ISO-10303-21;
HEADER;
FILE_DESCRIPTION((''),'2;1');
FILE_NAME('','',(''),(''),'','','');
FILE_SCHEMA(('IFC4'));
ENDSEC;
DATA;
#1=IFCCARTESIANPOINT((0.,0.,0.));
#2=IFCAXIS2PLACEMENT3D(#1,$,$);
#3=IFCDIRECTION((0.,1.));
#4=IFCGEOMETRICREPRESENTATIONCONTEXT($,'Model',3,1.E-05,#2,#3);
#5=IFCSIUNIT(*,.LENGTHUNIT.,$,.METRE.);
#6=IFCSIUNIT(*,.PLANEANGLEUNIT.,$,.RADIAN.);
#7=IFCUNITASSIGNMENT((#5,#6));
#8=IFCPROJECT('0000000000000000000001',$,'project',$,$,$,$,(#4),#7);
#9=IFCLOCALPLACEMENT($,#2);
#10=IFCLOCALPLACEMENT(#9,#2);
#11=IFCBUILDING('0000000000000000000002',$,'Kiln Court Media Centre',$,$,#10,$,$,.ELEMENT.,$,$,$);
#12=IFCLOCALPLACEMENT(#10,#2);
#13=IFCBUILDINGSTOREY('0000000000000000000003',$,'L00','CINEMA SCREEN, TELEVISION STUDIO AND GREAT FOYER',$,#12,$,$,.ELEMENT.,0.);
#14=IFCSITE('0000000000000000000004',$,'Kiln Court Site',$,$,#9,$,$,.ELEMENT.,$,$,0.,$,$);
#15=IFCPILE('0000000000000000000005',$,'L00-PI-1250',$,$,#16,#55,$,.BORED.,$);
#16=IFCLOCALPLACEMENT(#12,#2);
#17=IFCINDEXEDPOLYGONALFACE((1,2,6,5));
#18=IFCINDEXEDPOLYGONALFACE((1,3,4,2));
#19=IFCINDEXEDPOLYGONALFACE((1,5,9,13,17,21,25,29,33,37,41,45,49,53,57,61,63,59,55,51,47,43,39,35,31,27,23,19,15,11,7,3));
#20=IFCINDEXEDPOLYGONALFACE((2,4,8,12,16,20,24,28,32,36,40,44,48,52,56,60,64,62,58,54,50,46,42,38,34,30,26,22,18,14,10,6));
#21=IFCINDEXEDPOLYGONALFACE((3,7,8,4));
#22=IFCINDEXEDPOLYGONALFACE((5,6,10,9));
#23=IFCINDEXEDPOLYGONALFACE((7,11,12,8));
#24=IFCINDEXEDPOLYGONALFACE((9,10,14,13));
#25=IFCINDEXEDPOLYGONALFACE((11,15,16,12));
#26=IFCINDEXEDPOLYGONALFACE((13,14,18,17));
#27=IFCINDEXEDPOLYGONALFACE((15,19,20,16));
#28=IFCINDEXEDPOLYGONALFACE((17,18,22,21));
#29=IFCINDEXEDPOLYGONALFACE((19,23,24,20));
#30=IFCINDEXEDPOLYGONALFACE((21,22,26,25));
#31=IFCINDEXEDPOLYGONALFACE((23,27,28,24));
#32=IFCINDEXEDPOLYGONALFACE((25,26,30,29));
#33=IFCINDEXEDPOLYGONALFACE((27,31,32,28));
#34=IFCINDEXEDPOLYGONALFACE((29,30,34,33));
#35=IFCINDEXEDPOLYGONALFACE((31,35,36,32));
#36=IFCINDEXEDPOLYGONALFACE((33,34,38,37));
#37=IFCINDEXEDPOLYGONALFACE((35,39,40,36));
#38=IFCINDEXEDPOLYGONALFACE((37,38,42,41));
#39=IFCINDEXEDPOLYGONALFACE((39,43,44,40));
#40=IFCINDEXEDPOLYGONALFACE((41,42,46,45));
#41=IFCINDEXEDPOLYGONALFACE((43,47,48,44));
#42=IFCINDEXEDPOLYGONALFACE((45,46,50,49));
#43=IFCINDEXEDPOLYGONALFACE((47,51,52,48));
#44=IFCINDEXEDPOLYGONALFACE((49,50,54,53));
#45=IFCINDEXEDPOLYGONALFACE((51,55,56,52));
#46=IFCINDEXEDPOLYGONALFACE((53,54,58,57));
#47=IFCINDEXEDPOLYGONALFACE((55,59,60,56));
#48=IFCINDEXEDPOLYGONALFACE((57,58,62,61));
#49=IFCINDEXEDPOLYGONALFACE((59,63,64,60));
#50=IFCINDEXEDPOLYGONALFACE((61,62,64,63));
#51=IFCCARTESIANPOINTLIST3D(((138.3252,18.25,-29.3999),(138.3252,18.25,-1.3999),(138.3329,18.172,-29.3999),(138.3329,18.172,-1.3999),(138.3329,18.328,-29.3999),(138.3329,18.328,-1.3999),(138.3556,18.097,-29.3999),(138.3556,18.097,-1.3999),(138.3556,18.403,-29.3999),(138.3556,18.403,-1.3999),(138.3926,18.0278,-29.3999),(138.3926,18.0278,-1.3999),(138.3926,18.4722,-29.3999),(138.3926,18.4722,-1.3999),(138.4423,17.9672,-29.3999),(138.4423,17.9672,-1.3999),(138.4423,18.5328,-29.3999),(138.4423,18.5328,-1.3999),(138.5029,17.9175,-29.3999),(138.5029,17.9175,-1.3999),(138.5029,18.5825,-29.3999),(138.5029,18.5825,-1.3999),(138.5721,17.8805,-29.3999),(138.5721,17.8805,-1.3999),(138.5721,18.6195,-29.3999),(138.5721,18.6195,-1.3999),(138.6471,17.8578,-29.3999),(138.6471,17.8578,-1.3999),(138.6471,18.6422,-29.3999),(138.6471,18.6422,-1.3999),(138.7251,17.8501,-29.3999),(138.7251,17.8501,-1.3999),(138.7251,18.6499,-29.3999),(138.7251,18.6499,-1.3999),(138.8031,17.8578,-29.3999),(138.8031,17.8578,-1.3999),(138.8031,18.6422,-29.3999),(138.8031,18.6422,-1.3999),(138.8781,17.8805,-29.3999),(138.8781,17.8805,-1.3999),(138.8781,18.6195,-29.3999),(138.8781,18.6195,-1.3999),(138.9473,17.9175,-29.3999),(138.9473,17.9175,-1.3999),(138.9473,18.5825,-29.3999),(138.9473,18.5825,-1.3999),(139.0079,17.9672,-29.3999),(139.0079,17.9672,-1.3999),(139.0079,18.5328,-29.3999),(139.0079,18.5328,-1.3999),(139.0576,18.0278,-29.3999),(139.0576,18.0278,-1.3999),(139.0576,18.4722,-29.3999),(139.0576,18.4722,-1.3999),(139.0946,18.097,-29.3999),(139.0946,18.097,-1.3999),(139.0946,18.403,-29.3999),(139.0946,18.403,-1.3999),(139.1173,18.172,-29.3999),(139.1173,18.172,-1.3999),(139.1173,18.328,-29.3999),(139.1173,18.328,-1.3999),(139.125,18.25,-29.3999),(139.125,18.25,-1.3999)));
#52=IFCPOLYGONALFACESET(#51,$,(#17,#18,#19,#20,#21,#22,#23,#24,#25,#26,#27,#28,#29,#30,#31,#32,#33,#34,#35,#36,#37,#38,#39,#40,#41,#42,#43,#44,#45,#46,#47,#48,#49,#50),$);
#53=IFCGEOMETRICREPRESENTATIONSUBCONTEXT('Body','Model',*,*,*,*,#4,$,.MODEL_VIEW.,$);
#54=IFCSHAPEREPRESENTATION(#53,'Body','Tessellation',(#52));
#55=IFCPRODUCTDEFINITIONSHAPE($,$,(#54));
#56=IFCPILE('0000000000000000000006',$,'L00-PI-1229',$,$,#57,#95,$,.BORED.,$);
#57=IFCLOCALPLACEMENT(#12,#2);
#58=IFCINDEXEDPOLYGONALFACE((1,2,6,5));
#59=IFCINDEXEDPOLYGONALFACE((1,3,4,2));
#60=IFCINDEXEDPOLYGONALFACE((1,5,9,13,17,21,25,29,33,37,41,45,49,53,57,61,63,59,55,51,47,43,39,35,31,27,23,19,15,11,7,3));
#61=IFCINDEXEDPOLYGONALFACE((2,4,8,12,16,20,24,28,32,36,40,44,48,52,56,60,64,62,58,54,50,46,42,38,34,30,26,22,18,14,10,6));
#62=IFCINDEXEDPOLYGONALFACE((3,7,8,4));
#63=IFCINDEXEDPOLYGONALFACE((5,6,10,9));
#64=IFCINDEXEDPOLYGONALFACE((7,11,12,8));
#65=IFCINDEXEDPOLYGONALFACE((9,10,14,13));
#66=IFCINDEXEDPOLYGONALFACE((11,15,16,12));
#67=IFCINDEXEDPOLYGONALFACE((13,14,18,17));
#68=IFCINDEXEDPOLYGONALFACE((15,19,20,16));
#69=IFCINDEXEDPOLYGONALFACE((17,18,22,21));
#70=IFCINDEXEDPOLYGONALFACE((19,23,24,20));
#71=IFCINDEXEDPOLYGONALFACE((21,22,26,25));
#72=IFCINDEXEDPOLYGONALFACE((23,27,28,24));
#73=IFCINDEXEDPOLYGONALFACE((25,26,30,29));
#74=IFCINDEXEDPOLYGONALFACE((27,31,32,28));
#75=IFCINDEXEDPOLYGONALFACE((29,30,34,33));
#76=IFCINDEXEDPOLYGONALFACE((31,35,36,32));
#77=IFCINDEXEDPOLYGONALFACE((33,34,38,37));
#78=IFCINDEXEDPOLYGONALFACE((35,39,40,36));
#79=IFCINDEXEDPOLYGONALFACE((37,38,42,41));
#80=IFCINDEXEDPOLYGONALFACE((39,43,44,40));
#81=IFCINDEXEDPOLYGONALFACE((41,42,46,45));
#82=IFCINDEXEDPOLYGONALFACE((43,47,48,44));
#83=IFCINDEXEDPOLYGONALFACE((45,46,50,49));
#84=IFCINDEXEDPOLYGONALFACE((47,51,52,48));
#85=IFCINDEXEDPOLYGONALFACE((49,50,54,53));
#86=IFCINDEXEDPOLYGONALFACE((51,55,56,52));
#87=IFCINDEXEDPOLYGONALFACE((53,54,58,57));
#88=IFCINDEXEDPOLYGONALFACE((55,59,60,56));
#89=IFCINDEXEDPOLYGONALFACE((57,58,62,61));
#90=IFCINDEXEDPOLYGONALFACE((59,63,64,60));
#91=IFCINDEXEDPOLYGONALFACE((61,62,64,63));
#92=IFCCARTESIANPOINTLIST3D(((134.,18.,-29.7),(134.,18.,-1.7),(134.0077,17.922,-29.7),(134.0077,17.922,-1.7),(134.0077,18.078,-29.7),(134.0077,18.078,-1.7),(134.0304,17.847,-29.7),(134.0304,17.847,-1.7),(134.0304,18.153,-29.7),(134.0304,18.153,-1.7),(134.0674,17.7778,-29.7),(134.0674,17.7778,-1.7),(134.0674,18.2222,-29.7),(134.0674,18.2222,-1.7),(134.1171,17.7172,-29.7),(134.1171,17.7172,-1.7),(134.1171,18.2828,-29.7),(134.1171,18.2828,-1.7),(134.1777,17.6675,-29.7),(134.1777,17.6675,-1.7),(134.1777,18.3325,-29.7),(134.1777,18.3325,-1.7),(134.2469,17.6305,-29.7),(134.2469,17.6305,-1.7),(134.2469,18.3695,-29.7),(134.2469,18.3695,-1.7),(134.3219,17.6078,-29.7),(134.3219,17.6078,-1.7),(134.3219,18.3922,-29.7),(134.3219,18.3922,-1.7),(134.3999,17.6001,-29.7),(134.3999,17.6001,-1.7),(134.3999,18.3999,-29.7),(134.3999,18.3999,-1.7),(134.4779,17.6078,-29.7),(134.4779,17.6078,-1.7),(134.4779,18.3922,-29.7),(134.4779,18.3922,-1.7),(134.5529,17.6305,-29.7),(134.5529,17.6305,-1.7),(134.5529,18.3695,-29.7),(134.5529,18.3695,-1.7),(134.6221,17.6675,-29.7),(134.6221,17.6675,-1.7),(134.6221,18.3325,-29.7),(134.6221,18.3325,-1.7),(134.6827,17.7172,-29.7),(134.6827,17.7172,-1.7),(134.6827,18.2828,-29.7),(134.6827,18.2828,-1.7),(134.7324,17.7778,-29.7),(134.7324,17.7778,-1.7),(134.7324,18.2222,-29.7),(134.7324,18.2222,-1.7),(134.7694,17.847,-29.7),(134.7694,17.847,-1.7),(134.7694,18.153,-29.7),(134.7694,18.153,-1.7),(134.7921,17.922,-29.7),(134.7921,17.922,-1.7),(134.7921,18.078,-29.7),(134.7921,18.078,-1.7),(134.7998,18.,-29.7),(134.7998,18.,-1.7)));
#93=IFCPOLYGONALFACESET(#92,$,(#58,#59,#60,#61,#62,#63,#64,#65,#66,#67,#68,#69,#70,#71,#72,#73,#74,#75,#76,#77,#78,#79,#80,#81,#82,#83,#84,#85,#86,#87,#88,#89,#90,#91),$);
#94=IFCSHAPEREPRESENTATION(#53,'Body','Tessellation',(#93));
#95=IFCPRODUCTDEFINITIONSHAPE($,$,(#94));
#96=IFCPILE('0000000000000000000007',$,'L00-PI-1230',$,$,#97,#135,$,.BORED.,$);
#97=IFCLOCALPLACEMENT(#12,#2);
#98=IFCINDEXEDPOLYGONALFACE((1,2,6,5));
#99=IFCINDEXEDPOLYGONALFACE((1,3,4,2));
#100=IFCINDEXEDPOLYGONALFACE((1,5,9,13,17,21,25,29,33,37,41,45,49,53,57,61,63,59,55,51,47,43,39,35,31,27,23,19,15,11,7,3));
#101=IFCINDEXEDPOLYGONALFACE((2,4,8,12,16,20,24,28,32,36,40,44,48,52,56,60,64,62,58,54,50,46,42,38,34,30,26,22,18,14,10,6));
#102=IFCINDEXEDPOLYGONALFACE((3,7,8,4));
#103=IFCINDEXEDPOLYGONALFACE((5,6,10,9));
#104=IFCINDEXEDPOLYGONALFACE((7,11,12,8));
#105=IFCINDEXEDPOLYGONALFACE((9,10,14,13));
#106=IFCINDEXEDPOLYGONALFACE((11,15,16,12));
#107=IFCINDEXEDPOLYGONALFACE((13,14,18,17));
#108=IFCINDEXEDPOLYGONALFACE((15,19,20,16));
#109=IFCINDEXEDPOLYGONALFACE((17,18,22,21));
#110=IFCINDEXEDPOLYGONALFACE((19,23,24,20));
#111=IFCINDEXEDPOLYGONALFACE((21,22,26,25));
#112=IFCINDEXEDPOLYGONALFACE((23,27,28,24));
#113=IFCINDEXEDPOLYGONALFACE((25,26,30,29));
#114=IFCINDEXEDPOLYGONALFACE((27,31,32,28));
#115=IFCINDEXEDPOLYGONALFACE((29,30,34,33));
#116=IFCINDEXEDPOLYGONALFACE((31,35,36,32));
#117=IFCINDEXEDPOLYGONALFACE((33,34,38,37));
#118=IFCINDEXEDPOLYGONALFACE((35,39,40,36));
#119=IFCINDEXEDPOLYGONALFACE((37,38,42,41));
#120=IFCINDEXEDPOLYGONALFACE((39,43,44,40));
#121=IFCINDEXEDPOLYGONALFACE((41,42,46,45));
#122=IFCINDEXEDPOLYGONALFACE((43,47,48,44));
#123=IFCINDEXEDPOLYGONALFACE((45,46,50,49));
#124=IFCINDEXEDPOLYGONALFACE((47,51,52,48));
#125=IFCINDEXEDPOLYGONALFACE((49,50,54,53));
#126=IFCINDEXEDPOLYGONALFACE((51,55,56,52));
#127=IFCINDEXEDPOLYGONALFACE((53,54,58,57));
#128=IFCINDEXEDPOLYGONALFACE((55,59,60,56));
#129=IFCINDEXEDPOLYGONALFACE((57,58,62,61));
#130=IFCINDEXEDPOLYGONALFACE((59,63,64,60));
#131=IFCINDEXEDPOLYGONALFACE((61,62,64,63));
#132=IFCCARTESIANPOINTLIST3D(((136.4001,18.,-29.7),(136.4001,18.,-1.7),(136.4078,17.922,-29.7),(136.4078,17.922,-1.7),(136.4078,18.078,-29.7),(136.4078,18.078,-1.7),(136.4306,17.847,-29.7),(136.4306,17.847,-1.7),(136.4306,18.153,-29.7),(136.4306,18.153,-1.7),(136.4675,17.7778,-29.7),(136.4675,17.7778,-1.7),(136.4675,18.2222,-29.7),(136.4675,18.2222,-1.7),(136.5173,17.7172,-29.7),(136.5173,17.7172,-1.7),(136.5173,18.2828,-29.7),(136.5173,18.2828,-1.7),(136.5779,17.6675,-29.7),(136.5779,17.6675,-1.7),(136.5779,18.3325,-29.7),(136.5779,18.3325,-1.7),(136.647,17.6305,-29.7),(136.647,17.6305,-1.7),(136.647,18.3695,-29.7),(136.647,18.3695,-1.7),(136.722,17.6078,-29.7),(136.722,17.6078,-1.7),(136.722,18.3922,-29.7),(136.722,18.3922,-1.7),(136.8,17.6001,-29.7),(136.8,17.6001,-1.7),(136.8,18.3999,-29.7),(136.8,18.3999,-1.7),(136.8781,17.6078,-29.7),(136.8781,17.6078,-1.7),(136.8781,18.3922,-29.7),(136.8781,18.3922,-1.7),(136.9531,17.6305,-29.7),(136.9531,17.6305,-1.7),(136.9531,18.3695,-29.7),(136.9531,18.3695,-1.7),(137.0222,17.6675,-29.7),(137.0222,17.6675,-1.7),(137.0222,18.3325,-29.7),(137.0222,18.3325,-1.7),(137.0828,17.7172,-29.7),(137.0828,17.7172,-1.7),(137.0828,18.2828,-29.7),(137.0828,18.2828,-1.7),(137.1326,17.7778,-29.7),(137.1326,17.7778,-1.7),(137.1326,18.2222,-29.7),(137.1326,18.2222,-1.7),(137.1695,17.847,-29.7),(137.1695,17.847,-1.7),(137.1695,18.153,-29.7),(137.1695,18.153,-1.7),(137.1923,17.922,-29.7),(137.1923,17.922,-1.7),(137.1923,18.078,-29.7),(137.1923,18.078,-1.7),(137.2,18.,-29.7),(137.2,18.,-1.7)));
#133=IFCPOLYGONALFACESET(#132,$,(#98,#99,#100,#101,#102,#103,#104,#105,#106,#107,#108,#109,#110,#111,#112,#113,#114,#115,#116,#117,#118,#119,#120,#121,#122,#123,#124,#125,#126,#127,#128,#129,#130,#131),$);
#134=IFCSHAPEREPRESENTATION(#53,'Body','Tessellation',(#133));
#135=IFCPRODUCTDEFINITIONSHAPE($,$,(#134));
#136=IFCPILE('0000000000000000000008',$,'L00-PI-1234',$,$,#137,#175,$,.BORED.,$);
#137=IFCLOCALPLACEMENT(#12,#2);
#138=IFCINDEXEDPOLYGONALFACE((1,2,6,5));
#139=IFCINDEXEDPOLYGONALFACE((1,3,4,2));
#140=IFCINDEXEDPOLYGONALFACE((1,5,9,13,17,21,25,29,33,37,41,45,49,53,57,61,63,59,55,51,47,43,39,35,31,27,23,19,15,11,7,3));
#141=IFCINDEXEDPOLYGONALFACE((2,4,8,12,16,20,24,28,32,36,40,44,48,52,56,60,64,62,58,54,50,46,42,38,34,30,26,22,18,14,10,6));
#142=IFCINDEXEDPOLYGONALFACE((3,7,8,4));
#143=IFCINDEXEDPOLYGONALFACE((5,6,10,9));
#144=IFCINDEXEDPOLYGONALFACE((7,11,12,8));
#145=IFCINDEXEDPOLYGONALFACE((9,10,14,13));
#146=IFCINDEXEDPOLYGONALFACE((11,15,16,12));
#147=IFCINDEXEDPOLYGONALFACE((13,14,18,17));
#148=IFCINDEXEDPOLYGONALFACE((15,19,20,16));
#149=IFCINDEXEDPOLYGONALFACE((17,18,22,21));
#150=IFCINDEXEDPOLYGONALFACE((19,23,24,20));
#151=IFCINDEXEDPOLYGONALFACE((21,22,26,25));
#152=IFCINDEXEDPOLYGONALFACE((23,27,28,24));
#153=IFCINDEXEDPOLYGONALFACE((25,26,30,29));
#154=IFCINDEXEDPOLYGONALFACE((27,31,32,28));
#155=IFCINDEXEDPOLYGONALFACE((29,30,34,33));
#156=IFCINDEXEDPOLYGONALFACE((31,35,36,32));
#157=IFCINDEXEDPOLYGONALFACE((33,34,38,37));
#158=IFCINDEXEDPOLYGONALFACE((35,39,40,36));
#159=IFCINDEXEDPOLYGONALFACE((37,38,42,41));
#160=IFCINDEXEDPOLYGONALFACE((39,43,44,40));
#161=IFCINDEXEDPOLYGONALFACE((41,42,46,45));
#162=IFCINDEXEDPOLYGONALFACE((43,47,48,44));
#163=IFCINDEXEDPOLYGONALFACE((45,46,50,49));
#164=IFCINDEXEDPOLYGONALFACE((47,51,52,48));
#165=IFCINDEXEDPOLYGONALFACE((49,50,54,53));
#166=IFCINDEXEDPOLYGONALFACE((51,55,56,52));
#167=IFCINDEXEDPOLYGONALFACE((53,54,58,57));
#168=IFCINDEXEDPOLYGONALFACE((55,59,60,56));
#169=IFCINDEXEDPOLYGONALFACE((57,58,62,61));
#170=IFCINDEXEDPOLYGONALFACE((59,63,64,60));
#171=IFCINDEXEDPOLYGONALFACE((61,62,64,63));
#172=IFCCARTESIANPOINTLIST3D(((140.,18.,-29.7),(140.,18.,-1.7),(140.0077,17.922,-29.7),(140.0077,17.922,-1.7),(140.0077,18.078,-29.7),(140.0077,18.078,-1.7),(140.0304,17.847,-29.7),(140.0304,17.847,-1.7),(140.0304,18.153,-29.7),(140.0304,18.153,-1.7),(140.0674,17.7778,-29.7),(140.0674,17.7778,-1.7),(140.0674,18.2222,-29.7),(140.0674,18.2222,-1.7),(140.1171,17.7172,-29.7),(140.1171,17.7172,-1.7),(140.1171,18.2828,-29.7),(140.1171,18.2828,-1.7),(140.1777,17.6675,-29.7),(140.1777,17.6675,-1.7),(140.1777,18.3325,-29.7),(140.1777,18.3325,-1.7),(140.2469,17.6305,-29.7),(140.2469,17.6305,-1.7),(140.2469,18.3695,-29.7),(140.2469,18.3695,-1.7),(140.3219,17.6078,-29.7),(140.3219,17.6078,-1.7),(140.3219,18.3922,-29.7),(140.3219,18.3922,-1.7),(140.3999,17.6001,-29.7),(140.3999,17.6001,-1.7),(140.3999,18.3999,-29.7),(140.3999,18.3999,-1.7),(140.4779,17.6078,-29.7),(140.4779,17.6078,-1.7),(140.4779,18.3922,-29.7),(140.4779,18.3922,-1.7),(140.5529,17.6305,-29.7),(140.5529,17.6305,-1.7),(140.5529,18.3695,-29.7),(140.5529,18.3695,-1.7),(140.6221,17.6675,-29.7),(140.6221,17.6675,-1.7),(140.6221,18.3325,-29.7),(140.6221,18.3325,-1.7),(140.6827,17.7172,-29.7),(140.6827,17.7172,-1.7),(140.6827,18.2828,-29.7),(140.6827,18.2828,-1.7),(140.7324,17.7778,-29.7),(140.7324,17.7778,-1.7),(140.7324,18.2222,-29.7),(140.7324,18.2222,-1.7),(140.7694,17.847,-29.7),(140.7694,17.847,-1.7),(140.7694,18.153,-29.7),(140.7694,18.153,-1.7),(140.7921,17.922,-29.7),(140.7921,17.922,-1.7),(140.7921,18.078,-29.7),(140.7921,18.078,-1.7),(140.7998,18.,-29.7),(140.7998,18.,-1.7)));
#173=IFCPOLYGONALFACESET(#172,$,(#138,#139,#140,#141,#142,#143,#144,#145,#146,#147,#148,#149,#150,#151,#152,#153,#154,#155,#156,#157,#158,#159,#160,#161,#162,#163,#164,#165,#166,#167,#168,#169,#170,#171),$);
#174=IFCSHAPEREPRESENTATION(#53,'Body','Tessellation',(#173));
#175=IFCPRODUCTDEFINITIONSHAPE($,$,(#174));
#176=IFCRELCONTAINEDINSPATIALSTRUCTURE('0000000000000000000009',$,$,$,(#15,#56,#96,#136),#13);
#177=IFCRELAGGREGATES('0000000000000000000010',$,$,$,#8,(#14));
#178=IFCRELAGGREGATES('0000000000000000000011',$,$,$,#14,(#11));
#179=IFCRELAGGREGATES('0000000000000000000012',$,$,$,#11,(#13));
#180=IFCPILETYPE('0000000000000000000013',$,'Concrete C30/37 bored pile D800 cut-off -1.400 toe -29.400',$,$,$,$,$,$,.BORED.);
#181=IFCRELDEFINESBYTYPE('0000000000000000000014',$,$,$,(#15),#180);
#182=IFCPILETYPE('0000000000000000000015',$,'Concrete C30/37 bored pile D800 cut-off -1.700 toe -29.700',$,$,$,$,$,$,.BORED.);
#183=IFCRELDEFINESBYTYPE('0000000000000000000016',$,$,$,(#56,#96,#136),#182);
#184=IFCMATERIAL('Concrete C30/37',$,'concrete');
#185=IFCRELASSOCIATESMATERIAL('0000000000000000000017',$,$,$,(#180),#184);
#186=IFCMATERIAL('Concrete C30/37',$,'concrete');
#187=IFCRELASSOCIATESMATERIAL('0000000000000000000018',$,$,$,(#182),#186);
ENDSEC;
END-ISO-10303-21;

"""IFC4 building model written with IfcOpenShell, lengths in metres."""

from ifc_helpers import new_model, si_unit, direction, frame, origin, origin_2d, place, context, subcontext, project, spatial, circle, extrude, material, material_profile, profile_set, type_object, element, save


model = new_model("IFC4")

# Units and contexts
model_context = context("Model", 3, precision=1e-05, world=origin(), true_north=direction((0.0, 1.0)))
body_context = subcontext(model_context, "Body", "Model", "MODEL_VIEW")
ifc_project = project(units=[si_unit("LENGTHUNIT", "METRE"), si_unit("PLANEANGLEUNIT", "RADIAN")], contexts=[model_context])

# Site, building, storey
site_placement = place(None, origin())
site = spatial("IfcSite", under=ifc_project, at=site_placement, Name="Kiln Court Site", CompositionType="ELEMENT", RefElevation=0.0)
building_placement = place(site_placement, origin())
building = spatial("IfcBuilding", under=site, at=building_placement, Name="Kiln Court Media Centre", CompositionType="ELEMENT")
storey_placement = place(building_placement, origin())
storey = spatial("IfcBuildingStorey", under=building, at=storey_placement, Name="L00", Description="CINEMA SCREEN, TELEVISION STUDIO AND GREAT FOYER", CompositionType="ELEMENT", Elevation=0.0)

# Piles
ifc_material_1 = material(Name="Concrete C30/37", Category="concrete")
ifc_material_profile_1 = material_profile(ifc_material_1, circle(Radius=0.3999, at=origin_2d()), Name="PILE D800")
ifc_profile_set_1 = profile_set([ifc_material_profile_1], Name="Concrete C30/37")
pile_type_1 = type_object("IfcPileType", Name="Concrete C30/37 bored pile D800 cut-off -1.400 toe -29.400", PredefinedType="BORED", material=ifc_profile_set_1)
pile_placement = place(storey_placement, frame((138.7251, 18.25, -1.3999), z_axis=(0.0, 0.0, -1.0), x_axis=(1.0, 0.0, 0.0)))
element("IfcPile", 1, at=pile_placement, inside=storey, type_object=pile_type_1, Name="L00-PI-1250", PredefinedType="BORED", context=body_context, shape_type="SweptSolid", body=[
    extrude(circle(Radius=0.3999, at=origin_2d()), origin(), (0.0, 0.0, 1.0), 28.0),
])
ifc_material_2 = material(Name="Concrete C30/37", Category="concrete")
ifc_material_profile_2 = material_profile(ifc_material_2, circle(Radius=0.3999, at=origin_2d()), Name="PILE D800")
ifc_profile_set_2 = profile_set([ifc_material_profile_2], Name="Concrete C30/37")
pile_type_2 = type_object("IfcPileType", Name="Concrete C30/37 bored pile D800 cut-off -1.700 toe -29.700", PredefinedType="BORED", material=ifc_profile_set_2)
for number, where, z_axis, x_axis, name in (
    (2, (134.3999, 18.0, -1.7), (0.0, 0.0, -1.0), (1.0, 0.0, 0.0), "L00-PI-1229"),
    (3, (136.8, 18.0, -1.7), (0.0, 0.0, -1.0), (1.0, 0.0, 0.0), "L00-PI-1230"),
    (4, (140.3999, 18.0, -1.7), (0.0, 0.0, -1.0), (1.0, 0.0, 0.0), "L00-PI-1234"),
):
    element("IfcPile", number, at=place(storey_placement, frame(where, z_axis=z_axis, x_axis=x_axis)), inside=storey, type_object=pile_type_2, Name=name, PredefinedType="BORED", context=body_context, shape_type="SweptSolid", body=[
        extrude(circle(Radius=0.3999, at=origin_2d()), origin(), (0.0, 0.0, 1.0), 28.0),
    ])

save(model, "model.ifc")
